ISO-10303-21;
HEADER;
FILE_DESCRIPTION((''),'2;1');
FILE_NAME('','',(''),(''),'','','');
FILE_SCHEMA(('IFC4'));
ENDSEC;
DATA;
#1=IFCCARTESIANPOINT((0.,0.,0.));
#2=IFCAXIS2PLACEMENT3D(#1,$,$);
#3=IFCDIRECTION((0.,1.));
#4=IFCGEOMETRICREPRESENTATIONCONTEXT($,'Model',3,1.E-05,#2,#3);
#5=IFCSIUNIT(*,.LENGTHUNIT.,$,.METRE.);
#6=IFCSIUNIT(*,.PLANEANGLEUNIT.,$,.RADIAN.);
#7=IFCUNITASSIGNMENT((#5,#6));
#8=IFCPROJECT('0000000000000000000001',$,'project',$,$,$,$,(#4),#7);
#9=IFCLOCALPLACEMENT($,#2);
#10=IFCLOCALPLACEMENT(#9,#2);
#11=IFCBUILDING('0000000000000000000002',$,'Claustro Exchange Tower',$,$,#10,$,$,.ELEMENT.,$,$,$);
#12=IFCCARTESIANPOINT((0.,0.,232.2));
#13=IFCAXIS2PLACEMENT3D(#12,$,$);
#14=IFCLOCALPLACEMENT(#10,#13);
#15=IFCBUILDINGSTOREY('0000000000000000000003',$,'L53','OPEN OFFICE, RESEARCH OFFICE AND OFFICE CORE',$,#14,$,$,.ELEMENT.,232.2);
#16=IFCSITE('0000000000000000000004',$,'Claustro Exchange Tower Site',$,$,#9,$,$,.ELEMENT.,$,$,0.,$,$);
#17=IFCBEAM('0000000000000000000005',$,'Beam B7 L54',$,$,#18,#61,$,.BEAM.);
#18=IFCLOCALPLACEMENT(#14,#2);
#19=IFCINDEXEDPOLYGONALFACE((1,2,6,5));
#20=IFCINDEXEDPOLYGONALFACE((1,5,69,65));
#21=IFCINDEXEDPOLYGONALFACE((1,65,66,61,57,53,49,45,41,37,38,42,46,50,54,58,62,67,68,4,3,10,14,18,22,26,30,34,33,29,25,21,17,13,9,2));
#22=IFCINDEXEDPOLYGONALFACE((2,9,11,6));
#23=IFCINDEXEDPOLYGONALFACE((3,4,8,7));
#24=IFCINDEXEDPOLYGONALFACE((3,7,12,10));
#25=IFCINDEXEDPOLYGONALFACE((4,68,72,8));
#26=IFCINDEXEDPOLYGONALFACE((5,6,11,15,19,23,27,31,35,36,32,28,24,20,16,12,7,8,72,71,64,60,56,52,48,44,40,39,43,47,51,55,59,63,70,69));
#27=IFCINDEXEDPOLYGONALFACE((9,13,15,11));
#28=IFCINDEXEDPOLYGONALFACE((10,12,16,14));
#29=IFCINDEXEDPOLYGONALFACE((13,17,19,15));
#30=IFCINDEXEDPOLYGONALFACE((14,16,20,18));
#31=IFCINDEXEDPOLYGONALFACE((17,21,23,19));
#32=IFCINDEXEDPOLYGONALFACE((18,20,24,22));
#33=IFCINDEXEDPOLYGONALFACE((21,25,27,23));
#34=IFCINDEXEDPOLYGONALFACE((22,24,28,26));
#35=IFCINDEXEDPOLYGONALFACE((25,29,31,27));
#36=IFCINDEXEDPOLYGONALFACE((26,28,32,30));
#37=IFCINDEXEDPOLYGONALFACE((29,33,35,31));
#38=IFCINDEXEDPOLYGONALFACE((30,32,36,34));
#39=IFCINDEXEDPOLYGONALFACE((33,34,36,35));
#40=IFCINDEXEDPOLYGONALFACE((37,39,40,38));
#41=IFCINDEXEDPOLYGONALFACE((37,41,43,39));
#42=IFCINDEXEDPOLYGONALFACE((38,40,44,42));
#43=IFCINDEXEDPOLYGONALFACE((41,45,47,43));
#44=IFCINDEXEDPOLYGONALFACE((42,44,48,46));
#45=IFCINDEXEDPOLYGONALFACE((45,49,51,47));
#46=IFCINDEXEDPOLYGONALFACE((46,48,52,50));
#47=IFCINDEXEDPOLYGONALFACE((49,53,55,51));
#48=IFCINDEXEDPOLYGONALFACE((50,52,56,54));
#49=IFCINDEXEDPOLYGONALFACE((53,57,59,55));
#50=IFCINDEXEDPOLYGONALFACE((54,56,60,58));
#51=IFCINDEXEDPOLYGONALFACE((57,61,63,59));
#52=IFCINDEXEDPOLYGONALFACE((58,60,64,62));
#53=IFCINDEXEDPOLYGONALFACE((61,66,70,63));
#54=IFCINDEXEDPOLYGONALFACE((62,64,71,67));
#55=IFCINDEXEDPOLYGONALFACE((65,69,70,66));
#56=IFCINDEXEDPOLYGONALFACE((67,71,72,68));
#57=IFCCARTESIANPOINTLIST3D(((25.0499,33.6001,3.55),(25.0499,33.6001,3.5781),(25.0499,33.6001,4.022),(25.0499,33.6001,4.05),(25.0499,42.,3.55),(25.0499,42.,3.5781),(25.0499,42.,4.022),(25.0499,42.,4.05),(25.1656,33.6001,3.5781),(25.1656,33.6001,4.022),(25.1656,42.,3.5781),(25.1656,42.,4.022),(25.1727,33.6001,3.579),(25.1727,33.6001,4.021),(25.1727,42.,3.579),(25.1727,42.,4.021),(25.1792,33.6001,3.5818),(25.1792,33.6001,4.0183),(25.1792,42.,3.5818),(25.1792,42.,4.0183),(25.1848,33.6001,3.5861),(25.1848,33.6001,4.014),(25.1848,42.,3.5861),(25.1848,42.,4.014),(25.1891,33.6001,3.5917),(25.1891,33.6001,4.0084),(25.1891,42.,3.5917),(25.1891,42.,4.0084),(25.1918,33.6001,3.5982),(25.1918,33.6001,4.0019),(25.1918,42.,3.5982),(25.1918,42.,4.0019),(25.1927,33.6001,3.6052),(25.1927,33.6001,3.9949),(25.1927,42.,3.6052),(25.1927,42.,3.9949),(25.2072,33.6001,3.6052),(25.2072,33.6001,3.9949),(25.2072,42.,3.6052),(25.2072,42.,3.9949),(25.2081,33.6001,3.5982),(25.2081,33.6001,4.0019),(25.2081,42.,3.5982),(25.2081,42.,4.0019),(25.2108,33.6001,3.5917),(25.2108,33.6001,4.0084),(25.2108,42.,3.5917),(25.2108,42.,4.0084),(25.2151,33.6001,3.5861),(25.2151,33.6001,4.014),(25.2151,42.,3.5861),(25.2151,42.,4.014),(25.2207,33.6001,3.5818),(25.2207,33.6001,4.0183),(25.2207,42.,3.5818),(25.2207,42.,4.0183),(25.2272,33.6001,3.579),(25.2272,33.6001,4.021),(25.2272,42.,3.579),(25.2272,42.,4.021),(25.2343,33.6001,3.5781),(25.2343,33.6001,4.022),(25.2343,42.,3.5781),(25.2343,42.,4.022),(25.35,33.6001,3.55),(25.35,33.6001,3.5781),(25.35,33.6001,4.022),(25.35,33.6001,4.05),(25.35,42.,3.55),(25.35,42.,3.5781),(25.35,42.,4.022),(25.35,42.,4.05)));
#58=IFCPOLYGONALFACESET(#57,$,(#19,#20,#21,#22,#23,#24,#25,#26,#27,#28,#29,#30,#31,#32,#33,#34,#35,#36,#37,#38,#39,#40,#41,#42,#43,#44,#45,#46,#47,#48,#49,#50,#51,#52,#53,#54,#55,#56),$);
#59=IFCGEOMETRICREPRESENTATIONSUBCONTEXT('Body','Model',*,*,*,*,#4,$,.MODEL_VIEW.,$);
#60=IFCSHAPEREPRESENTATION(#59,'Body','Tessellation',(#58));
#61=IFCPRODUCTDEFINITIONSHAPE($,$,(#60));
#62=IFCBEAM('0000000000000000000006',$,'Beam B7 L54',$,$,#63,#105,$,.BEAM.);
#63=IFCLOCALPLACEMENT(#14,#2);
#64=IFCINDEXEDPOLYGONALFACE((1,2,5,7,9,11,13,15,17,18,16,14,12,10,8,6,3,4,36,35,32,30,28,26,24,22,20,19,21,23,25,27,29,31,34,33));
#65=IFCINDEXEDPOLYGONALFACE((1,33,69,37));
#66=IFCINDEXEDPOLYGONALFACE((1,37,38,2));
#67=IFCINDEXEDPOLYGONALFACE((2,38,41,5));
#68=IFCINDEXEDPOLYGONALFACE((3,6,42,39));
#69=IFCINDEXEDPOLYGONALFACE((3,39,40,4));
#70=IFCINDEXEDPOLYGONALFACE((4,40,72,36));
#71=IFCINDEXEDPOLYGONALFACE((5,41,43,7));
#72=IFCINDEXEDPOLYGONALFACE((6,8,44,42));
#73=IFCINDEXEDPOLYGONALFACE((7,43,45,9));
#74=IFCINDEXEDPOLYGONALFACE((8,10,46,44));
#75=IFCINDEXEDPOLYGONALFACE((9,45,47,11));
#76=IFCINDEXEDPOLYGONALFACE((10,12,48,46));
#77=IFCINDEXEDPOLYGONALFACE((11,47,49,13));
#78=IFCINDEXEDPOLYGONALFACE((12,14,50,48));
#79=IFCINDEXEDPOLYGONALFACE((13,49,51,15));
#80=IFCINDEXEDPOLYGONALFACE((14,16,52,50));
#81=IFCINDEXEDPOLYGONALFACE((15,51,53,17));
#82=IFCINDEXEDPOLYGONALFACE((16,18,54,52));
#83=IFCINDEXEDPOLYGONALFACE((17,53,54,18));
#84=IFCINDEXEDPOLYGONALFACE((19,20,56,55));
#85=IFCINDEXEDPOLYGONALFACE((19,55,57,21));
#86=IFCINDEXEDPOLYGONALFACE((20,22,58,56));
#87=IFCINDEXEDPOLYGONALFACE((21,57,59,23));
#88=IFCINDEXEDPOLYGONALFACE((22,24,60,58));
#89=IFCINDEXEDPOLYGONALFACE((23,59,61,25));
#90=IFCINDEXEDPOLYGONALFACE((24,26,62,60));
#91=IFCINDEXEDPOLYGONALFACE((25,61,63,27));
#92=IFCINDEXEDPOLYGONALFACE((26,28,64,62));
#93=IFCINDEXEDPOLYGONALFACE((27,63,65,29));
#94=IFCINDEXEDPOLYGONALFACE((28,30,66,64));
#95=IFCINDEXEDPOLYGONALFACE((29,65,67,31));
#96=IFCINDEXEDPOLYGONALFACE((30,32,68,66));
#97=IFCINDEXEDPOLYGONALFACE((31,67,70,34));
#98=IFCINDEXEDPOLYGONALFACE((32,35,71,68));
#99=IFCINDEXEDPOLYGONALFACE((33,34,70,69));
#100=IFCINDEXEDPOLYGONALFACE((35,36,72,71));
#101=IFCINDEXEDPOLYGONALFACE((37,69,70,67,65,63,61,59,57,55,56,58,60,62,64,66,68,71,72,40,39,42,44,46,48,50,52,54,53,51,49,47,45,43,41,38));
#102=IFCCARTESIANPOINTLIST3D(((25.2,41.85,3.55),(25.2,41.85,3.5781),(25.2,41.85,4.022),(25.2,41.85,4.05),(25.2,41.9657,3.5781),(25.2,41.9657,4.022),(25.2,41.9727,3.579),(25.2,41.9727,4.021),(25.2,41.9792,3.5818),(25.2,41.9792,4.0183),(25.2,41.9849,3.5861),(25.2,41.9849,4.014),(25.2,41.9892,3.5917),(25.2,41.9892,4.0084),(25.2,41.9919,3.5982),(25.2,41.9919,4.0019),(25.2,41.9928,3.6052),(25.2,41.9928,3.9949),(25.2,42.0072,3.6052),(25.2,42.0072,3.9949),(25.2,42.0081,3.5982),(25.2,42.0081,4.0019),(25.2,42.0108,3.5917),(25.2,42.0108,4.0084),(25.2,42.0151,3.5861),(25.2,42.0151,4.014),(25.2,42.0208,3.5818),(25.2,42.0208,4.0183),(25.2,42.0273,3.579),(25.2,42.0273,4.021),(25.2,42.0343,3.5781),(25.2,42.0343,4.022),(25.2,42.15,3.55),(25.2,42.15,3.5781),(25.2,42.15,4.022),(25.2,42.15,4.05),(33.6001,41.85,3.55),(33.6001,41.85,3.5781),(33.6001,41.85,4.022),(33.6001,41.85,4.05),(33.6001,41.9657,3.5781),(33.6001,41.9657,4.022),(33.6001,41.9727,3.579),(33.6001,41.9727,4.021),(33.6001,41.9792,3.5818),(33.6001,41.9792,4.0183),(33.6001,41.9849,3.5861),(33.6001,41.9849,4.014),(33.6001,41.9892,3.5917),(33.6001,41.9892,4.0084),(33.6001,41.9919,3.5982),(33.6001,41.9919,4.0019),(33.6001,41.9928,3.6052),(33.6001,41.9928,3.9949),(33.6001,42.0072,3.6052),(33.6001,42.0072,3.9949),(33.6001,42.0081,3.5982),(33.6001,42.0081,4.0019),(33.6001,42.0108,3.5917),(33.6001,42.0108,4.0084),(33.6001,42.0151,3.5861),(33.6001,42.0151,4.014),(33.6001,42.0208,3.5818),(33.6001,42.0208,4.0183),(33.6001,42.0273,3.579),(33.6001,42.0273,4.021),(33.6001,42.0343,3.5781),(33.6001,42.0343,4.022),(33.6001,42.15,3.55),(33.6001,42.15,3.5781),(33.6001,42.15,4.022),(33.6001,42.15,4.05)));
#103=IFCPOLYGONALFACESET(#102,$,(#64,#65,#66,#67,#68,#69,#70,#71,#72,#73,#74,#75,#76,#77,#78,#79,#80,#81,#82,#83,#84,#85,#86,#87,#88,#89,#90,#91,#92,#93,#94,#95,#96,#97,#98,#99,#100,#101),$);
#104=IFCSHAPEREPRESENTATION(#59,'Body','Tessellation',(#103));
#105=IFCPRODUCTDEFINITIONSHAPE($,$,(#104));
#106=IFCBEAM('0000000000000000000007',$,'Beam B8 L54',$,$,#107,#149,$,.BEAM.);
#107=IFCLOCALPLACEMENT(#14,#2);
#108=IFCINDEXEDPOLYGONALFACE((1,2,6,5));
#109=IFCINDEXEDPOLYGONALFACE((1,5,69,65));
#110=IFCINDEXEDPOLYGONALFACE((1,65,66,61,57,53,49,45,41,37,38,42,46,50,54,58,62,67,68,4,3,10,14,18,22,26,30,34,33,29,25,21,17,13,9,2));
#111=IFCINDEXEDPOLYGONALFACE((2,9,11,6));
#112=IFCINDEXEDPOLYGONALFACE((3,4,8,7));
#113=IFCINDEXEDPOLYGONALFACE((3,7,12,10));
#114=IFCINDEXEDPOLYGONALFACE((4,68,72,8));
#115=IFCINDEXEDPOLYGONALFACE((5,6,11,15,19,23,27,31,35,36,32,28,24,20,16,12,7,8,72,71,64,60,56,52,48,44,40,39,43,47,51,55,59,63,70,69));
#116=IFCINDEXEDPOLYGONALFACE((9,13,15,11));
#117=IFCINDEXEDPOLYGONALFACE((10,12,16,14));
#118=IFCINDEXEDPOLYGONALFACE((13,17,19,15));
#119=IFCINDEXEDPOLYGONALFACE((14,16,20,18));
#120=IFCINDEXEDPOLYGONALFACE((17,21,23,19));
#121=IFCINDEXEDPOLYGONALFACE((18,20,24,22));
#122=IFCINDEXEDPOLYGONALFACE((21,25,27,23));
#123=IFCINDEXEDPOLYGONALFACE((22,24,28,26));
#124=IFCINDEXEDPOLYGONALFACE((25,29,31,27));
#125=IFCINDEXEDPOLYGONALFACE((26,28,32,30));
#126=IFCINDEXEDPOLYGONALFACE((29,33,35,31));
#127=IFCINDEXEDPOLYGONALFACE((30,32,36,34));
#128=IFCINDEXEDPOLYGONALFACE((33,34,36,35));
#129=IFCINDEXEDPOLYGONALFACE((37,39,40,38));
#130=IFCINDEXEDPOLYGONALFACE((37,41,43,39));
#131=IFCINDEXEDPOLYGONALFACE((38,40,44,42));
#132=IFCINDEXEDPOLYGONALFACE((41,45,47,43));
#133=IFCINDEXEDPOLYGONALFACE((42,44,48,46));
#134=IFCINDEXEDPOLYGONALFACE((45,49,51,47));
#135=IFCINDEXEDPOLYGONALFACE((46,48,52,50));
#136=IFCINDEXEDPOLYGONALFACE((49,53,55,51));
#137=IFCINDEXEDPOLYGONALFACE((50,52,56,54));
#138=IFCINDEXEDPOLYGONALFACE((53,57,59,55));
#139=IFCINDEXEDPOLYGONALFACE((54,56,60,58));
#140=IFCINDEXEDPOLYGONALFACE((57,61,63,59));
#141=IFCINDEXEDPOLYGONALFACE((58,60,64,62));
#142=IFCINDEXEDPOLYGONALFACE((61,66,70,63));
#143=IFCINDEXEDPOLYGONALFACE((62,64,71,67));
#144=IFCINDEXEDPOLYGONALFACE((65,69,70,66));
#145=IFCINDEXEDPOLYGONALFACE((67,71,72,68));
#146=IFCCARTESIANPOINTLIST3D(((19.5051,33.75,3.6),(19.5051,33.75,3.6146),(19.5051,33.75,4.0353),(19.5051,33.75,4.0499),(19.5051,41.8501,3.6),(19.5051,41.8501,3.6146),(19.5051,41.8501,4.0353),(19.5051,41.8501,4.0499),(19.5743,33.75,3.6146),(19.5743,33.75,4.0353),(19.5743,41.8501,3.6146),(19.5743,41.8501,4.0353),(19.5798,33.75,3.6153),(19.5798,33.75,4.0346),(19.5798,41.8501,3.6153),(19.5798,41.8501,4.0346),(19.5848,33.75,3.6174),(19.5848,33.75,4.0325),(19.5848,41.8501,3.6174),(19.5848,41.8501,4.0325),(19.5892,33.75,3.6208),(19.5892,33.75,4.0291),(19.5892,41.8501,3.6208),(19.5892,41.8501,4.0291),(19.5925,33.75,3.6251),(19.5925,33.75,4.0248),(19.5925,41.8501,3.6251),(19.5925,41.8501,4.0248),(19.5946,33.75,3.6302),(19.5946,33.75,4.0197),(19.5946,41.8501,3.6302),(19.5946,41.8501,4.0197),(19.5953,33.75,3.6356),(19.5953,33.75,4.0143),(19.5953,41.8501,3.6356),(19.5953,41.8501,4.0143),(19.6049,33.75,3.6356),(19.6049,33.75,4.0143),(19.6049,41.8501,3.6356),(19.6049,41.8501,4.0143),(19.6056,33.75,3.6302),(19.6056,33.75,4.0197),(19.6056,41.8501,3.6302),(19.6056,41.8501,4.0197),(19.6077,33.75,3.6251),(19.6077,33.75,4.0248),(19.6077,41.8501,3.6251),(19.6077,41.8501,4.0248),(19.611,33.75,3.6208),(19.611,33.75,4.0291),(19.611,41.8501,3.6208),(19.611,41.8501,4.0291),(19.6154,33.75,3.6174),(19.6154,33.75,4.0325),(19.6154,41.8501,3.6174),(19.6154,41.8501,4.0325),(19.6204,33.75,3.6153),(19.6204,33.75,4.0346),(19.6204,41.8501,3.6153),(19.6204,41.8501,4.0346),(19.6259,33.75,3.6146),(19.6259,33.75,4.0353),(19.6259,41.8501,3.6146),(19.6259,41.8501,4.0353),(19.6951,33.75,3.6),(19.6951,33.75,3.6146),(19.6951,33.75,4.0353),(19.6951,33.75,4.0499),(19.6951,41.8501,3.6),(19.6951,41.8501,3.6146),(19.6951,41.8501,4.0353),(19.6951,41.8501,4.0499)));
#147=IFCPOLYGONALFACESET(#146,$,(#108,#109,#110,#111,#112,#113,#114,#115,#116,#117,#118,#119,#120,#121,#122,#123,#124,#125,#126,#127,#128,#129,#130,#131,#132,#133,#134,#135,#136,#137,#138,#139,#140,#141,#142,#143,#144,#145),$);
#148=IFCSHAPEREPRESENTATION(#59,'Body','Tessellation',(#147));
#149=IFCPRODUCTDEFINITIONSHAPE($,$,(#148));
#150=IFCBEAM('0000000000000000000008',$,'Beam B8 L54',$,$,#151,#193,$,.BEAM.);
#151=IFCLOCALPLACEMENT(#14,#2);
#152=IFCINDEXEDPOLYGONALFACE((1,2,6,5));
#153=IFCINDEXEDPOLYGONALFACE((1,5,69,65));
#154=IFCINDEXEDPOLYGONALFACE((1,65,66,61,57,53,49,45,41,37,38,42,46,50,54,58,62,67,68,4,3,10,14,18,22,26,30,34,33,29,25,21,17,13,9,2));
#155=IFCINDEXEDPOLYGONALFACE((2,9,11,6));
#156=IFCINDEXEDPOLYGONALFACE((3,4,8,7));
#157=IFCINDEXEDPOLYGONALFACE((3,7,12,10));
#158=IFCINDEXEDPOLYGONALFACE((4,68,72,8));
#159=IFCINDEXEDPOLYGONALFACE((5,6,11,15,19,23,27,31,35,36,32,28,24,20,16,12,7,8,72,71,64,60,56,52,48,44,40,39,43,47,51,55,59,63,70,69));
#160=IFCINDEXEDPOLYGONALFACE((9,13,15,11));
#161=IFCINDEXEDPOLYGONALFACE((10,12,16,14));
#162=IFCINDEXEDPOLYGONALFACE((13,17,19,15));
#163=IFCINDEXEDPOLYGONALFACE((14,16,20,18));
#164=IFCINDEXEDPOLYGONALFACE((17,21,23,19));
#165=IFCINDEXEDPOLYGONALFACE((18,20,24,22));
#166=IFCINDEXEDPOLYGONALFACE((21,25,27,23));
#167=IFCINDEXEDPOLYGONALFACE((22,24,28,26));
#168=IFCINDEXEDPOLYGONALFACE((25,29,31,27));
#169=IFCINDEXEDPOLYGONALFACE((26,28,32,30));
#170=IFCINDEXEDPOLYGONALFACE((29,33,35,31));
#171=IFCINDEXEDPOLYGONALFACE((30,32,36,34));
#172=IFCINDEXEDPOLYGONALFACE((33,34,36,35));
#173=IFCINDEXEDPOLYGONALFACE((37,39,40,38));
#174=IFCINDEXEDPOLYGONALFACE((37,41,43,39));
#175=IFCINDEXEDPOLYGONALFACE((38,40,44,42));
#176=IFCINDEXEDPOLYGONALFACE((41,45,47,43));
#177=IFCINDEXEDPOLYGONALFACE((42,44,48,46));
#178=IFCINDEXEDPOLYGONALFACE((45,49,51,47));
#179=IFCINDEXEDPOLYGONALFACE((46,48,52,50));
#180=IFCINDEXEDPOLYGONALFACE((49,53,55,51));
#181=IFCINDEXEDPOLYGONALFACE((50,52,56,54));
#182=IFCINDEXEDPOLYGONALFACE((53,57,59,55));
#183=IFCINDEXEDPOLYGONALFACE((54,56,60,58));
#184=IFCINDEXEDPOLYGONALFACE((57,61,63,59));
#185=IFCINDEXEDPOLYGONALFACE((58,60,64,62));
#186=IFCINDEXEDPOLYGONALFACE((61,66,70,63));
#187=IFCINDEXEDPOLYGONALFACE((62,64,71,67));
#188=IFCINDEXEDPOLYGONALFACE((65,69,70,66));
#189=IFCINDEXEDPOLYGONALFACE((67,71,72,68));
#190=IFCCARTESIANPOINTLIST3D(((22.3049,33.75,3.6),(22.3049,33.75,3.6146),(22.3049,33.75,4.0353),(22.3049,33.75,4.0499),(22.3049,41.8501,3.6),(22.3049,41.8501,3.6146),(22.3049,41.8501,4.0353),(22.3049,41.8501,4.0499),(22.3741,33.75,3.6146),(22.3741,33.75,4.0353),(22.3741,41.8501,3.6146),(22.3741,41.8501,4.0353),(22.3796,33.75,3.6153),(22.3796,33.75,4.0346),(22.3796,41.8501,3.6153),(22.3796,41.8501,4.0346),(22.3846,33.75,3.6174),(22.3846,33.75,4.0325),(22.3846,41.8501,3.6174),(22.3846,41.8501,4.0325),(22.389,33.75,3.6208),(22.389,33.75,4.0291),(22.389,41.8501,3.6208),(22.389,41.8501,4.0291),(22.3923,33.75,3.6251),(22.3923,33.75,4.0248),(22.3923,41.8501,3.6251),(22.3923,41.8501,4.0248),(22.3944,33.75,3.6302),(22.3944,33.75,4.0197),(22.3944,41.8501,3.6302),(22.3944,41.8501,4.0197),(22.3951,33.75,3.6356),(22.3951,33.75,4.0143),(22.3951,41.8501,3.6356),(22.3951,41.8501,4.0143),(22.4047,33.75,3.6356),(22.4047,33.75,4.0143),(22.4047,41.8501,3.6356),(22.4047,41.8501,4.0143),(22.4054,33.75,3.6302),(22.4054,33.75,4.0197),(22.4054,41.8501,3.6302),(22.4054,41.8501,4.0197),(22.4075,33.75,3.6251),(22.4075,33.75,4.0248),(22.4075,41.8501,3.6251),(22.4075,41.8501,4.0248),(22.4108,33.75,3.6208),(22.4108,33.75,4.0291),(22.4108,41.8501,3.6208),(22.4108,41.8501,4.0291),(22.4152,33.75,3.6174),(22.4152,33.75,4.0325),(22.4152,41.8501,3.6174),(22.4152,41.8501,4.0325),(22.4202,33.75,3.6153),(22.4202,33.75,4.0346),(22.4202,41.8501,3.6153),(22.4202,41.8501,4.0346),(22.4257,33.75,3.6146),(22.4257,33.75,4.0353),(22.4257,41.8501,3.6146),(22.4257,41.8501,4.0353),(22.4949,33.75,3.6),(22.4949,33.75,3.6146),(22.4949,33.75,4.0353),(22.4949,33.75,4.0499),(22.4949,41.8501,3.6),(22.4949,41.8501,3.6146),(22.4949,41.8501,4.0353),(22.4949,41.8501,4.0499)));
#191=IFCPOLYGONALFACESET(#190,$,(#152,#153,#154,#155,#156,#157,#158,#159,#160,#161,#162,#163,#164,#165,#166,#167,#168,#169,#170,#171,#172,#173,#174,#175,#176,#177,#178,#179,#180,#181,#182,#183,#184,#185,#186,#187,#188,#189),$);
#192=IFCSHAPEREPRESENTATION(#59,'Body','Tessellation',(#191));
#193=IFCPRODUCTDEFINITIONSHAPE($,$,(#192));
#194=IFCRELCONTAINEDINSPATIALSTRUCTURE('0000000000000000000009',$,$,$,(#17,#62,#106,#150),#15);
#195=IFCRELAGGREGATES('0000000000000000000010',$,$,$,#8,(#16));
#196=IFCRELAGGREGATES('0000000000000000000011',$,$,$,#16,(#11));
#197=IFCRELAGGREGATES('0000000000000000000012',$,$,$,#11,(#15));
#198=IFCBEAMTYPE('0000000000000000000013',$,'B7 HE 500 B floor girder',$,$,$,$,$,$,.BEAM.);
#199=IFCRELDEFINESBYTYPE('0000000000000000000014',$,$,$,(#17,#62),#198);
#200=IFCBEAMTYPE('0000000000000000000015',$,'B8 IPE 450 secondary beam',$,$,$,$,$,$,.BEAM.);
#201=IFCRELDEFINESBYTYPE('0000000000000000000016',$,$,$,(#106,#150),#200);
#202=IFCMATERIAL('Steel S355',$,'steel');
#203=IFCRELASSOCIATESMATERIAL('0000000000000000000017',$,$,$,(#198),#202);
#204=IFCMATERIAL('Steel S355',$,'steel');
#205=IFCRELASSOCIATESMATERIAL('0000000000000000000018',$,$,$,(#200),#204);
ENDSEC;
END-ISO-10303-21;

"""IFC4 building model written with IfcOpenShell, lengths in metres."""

from ifc_helpers import new_model, si_unit, direction, frame, origin, origin_2d, place, context, subcontext, project, spatial, i_section, extrude, material, material_profile, profile_set, type_object, element, save


model = new_model("IFC4")

# Units and contexts
model_context = context("Model", 3, precision=1e-05, world=origin(), true_north=direction((0.0, 1.0)))
body_context = subcontext(model_context, "Body", "Model", "MODEL_VIEW")
ifc_project = project(units=[si_unit("LENGTHUNIT", "METRE"), si_unit("PLANEANGLEUNIT", "RADIAN")], contexts=[model_context])

# Site, building, storey
site_placement = place(None, origin())
site = spatial("IfcSite", under=ifc_project, at=site_placement, Name="Claustro Exchange Tower Site", CompositionType="ELEMENT", RefElevation=0.0)
building_placement = place(site_placement, origin())
building = spatial("IfcBuilding", under=site, at=building_placement, Name="Claustro Exchange Tower", CompositionType="ELEMENT")
storey_placement = place(building_placement, frame((0.0, 0.0, 232.2)))
storey = spatial("IfcBuildingStorey", under=building, at=storey_placement, Name="L53", Description="OPEN OFFICE, RESEARCH OFFICE AND OFFICE CORE", CompositionType="ELEMENT", Elevation=232.2)

# Beams
ifc_material_1 = material(Name="Steel S355", Category="steel")
ifc_material_profile_1 = material_profile(ifc_material_1, i_section(OverallWidth=0.3, OverallDepth=0.5, WebThickness=0.0144, FlangeThickness=0.0281, FilletRadius=0.0271, at=origin_2d()), Name="HE 500 B")
ifc_profile_set_1 = profile_set([ifc_material_profile_1], Name="Steel S355")
beam_type_1 = type_object("IfcBeamType", Name="B7 HE 500 B floor girder", PredefinedType="BEAM", material=ifc_profile_set_1)
beam_1_placement = place(storey_placement, frame((25.2, 33.6001, 3.8), z_axis=(0.0, 1.0, 0.0), x_axis=(-1.0, 0.0, 0.0)))
element("IfcBeam", 1, at=beam_1_placement, inside=storey, type_object=beam_type_1, Name="Beam B7 L54", PredefinedType="BEAM", context=body_context, shape_type="SweptSolid", body=[
    extrude(i_section(OverallWidth=0.3, OverallDepth=0.5, WebThickness=0.0144, FlangeThickness=0.0281, FilletRadius=0.0271, at=origin_2d()), origin(), (0.0, 0.0, 1.0), 8.3999),
])
beam_2_placement = place(storey_placement, frame((25.2, 42.0, 3.8), z_axis=(1.0, 0.0, 0.0), x_axis=(0.0, 1.0, 0.0)))
element("IfcBeam", 2, at=beam_2_placement, inside=storey, type_object=beam_type_1, Name="Beam B7 L54", PredefinedType="BEAM", context=body_context, shape_type="SweptSolid", body=[
    extrude(i_section(OverallWidth=0.3, OverallDepth=0.5, WebThickness=0.0144, FlangeThickness=0.0281, FilletRadius=0.0271, at=origin_2d()), origin(), (0.0, 0.0, 1.0), 8.4001),
])
ifc_material_2 = material(Name="Steel S355", Category="steel")
ifc_material_profile_2 = material_profile(ifc_material_2, i_section(OverallWidth=0.1899, OverallDepth=0.45, WebThickness=0.0095, FlangeThickness=0.0146, FilletRadius=0.021, at=origin_2d()), Name="IPE 450")
ifc_profile_set_2 = profile_set([ifc_material_profile_2], Name="Steel S355")
beam_type_2 = type_object("IfcBeamType", Name="B8 IPE 450 secondary beam", PredefinedType="BEAM", material=ifc_profile_set_2)
for number, where, z_axis, x_axis, name in (
    (3, (19.6001, 33.75, 3.825), (0.0, 1.0, 0.0), (-1.0, 0.0, 0.0), "Beam B8 L54"),
    (4, (22.3999, 33.75, 3.825), (0.0, 1.0, 0.0), (-1.0, 0.0, 0.0), "Beam B8 L54"),
):
    element("IfcBeam", number, at=place(storey_placement, frame(where, z_axis=z_axis, x_axis=x_axis)), inside=storey, type_object=beam_type_2, Name=name, PredefinedType="BEAM", context=body_context, shape_type="SweptSolid", body=[
        extrude(i_section(OverallWidth=0.1899, OverallDepth=0.45, WebThickness=0.0095, FlangeThickness=0.0146, FilletRadius=0.021, at=origin_2d()), origin(), (0.0, 0.0, 1.0), 8.1001),
    ])

save(model, "model.ifc")
